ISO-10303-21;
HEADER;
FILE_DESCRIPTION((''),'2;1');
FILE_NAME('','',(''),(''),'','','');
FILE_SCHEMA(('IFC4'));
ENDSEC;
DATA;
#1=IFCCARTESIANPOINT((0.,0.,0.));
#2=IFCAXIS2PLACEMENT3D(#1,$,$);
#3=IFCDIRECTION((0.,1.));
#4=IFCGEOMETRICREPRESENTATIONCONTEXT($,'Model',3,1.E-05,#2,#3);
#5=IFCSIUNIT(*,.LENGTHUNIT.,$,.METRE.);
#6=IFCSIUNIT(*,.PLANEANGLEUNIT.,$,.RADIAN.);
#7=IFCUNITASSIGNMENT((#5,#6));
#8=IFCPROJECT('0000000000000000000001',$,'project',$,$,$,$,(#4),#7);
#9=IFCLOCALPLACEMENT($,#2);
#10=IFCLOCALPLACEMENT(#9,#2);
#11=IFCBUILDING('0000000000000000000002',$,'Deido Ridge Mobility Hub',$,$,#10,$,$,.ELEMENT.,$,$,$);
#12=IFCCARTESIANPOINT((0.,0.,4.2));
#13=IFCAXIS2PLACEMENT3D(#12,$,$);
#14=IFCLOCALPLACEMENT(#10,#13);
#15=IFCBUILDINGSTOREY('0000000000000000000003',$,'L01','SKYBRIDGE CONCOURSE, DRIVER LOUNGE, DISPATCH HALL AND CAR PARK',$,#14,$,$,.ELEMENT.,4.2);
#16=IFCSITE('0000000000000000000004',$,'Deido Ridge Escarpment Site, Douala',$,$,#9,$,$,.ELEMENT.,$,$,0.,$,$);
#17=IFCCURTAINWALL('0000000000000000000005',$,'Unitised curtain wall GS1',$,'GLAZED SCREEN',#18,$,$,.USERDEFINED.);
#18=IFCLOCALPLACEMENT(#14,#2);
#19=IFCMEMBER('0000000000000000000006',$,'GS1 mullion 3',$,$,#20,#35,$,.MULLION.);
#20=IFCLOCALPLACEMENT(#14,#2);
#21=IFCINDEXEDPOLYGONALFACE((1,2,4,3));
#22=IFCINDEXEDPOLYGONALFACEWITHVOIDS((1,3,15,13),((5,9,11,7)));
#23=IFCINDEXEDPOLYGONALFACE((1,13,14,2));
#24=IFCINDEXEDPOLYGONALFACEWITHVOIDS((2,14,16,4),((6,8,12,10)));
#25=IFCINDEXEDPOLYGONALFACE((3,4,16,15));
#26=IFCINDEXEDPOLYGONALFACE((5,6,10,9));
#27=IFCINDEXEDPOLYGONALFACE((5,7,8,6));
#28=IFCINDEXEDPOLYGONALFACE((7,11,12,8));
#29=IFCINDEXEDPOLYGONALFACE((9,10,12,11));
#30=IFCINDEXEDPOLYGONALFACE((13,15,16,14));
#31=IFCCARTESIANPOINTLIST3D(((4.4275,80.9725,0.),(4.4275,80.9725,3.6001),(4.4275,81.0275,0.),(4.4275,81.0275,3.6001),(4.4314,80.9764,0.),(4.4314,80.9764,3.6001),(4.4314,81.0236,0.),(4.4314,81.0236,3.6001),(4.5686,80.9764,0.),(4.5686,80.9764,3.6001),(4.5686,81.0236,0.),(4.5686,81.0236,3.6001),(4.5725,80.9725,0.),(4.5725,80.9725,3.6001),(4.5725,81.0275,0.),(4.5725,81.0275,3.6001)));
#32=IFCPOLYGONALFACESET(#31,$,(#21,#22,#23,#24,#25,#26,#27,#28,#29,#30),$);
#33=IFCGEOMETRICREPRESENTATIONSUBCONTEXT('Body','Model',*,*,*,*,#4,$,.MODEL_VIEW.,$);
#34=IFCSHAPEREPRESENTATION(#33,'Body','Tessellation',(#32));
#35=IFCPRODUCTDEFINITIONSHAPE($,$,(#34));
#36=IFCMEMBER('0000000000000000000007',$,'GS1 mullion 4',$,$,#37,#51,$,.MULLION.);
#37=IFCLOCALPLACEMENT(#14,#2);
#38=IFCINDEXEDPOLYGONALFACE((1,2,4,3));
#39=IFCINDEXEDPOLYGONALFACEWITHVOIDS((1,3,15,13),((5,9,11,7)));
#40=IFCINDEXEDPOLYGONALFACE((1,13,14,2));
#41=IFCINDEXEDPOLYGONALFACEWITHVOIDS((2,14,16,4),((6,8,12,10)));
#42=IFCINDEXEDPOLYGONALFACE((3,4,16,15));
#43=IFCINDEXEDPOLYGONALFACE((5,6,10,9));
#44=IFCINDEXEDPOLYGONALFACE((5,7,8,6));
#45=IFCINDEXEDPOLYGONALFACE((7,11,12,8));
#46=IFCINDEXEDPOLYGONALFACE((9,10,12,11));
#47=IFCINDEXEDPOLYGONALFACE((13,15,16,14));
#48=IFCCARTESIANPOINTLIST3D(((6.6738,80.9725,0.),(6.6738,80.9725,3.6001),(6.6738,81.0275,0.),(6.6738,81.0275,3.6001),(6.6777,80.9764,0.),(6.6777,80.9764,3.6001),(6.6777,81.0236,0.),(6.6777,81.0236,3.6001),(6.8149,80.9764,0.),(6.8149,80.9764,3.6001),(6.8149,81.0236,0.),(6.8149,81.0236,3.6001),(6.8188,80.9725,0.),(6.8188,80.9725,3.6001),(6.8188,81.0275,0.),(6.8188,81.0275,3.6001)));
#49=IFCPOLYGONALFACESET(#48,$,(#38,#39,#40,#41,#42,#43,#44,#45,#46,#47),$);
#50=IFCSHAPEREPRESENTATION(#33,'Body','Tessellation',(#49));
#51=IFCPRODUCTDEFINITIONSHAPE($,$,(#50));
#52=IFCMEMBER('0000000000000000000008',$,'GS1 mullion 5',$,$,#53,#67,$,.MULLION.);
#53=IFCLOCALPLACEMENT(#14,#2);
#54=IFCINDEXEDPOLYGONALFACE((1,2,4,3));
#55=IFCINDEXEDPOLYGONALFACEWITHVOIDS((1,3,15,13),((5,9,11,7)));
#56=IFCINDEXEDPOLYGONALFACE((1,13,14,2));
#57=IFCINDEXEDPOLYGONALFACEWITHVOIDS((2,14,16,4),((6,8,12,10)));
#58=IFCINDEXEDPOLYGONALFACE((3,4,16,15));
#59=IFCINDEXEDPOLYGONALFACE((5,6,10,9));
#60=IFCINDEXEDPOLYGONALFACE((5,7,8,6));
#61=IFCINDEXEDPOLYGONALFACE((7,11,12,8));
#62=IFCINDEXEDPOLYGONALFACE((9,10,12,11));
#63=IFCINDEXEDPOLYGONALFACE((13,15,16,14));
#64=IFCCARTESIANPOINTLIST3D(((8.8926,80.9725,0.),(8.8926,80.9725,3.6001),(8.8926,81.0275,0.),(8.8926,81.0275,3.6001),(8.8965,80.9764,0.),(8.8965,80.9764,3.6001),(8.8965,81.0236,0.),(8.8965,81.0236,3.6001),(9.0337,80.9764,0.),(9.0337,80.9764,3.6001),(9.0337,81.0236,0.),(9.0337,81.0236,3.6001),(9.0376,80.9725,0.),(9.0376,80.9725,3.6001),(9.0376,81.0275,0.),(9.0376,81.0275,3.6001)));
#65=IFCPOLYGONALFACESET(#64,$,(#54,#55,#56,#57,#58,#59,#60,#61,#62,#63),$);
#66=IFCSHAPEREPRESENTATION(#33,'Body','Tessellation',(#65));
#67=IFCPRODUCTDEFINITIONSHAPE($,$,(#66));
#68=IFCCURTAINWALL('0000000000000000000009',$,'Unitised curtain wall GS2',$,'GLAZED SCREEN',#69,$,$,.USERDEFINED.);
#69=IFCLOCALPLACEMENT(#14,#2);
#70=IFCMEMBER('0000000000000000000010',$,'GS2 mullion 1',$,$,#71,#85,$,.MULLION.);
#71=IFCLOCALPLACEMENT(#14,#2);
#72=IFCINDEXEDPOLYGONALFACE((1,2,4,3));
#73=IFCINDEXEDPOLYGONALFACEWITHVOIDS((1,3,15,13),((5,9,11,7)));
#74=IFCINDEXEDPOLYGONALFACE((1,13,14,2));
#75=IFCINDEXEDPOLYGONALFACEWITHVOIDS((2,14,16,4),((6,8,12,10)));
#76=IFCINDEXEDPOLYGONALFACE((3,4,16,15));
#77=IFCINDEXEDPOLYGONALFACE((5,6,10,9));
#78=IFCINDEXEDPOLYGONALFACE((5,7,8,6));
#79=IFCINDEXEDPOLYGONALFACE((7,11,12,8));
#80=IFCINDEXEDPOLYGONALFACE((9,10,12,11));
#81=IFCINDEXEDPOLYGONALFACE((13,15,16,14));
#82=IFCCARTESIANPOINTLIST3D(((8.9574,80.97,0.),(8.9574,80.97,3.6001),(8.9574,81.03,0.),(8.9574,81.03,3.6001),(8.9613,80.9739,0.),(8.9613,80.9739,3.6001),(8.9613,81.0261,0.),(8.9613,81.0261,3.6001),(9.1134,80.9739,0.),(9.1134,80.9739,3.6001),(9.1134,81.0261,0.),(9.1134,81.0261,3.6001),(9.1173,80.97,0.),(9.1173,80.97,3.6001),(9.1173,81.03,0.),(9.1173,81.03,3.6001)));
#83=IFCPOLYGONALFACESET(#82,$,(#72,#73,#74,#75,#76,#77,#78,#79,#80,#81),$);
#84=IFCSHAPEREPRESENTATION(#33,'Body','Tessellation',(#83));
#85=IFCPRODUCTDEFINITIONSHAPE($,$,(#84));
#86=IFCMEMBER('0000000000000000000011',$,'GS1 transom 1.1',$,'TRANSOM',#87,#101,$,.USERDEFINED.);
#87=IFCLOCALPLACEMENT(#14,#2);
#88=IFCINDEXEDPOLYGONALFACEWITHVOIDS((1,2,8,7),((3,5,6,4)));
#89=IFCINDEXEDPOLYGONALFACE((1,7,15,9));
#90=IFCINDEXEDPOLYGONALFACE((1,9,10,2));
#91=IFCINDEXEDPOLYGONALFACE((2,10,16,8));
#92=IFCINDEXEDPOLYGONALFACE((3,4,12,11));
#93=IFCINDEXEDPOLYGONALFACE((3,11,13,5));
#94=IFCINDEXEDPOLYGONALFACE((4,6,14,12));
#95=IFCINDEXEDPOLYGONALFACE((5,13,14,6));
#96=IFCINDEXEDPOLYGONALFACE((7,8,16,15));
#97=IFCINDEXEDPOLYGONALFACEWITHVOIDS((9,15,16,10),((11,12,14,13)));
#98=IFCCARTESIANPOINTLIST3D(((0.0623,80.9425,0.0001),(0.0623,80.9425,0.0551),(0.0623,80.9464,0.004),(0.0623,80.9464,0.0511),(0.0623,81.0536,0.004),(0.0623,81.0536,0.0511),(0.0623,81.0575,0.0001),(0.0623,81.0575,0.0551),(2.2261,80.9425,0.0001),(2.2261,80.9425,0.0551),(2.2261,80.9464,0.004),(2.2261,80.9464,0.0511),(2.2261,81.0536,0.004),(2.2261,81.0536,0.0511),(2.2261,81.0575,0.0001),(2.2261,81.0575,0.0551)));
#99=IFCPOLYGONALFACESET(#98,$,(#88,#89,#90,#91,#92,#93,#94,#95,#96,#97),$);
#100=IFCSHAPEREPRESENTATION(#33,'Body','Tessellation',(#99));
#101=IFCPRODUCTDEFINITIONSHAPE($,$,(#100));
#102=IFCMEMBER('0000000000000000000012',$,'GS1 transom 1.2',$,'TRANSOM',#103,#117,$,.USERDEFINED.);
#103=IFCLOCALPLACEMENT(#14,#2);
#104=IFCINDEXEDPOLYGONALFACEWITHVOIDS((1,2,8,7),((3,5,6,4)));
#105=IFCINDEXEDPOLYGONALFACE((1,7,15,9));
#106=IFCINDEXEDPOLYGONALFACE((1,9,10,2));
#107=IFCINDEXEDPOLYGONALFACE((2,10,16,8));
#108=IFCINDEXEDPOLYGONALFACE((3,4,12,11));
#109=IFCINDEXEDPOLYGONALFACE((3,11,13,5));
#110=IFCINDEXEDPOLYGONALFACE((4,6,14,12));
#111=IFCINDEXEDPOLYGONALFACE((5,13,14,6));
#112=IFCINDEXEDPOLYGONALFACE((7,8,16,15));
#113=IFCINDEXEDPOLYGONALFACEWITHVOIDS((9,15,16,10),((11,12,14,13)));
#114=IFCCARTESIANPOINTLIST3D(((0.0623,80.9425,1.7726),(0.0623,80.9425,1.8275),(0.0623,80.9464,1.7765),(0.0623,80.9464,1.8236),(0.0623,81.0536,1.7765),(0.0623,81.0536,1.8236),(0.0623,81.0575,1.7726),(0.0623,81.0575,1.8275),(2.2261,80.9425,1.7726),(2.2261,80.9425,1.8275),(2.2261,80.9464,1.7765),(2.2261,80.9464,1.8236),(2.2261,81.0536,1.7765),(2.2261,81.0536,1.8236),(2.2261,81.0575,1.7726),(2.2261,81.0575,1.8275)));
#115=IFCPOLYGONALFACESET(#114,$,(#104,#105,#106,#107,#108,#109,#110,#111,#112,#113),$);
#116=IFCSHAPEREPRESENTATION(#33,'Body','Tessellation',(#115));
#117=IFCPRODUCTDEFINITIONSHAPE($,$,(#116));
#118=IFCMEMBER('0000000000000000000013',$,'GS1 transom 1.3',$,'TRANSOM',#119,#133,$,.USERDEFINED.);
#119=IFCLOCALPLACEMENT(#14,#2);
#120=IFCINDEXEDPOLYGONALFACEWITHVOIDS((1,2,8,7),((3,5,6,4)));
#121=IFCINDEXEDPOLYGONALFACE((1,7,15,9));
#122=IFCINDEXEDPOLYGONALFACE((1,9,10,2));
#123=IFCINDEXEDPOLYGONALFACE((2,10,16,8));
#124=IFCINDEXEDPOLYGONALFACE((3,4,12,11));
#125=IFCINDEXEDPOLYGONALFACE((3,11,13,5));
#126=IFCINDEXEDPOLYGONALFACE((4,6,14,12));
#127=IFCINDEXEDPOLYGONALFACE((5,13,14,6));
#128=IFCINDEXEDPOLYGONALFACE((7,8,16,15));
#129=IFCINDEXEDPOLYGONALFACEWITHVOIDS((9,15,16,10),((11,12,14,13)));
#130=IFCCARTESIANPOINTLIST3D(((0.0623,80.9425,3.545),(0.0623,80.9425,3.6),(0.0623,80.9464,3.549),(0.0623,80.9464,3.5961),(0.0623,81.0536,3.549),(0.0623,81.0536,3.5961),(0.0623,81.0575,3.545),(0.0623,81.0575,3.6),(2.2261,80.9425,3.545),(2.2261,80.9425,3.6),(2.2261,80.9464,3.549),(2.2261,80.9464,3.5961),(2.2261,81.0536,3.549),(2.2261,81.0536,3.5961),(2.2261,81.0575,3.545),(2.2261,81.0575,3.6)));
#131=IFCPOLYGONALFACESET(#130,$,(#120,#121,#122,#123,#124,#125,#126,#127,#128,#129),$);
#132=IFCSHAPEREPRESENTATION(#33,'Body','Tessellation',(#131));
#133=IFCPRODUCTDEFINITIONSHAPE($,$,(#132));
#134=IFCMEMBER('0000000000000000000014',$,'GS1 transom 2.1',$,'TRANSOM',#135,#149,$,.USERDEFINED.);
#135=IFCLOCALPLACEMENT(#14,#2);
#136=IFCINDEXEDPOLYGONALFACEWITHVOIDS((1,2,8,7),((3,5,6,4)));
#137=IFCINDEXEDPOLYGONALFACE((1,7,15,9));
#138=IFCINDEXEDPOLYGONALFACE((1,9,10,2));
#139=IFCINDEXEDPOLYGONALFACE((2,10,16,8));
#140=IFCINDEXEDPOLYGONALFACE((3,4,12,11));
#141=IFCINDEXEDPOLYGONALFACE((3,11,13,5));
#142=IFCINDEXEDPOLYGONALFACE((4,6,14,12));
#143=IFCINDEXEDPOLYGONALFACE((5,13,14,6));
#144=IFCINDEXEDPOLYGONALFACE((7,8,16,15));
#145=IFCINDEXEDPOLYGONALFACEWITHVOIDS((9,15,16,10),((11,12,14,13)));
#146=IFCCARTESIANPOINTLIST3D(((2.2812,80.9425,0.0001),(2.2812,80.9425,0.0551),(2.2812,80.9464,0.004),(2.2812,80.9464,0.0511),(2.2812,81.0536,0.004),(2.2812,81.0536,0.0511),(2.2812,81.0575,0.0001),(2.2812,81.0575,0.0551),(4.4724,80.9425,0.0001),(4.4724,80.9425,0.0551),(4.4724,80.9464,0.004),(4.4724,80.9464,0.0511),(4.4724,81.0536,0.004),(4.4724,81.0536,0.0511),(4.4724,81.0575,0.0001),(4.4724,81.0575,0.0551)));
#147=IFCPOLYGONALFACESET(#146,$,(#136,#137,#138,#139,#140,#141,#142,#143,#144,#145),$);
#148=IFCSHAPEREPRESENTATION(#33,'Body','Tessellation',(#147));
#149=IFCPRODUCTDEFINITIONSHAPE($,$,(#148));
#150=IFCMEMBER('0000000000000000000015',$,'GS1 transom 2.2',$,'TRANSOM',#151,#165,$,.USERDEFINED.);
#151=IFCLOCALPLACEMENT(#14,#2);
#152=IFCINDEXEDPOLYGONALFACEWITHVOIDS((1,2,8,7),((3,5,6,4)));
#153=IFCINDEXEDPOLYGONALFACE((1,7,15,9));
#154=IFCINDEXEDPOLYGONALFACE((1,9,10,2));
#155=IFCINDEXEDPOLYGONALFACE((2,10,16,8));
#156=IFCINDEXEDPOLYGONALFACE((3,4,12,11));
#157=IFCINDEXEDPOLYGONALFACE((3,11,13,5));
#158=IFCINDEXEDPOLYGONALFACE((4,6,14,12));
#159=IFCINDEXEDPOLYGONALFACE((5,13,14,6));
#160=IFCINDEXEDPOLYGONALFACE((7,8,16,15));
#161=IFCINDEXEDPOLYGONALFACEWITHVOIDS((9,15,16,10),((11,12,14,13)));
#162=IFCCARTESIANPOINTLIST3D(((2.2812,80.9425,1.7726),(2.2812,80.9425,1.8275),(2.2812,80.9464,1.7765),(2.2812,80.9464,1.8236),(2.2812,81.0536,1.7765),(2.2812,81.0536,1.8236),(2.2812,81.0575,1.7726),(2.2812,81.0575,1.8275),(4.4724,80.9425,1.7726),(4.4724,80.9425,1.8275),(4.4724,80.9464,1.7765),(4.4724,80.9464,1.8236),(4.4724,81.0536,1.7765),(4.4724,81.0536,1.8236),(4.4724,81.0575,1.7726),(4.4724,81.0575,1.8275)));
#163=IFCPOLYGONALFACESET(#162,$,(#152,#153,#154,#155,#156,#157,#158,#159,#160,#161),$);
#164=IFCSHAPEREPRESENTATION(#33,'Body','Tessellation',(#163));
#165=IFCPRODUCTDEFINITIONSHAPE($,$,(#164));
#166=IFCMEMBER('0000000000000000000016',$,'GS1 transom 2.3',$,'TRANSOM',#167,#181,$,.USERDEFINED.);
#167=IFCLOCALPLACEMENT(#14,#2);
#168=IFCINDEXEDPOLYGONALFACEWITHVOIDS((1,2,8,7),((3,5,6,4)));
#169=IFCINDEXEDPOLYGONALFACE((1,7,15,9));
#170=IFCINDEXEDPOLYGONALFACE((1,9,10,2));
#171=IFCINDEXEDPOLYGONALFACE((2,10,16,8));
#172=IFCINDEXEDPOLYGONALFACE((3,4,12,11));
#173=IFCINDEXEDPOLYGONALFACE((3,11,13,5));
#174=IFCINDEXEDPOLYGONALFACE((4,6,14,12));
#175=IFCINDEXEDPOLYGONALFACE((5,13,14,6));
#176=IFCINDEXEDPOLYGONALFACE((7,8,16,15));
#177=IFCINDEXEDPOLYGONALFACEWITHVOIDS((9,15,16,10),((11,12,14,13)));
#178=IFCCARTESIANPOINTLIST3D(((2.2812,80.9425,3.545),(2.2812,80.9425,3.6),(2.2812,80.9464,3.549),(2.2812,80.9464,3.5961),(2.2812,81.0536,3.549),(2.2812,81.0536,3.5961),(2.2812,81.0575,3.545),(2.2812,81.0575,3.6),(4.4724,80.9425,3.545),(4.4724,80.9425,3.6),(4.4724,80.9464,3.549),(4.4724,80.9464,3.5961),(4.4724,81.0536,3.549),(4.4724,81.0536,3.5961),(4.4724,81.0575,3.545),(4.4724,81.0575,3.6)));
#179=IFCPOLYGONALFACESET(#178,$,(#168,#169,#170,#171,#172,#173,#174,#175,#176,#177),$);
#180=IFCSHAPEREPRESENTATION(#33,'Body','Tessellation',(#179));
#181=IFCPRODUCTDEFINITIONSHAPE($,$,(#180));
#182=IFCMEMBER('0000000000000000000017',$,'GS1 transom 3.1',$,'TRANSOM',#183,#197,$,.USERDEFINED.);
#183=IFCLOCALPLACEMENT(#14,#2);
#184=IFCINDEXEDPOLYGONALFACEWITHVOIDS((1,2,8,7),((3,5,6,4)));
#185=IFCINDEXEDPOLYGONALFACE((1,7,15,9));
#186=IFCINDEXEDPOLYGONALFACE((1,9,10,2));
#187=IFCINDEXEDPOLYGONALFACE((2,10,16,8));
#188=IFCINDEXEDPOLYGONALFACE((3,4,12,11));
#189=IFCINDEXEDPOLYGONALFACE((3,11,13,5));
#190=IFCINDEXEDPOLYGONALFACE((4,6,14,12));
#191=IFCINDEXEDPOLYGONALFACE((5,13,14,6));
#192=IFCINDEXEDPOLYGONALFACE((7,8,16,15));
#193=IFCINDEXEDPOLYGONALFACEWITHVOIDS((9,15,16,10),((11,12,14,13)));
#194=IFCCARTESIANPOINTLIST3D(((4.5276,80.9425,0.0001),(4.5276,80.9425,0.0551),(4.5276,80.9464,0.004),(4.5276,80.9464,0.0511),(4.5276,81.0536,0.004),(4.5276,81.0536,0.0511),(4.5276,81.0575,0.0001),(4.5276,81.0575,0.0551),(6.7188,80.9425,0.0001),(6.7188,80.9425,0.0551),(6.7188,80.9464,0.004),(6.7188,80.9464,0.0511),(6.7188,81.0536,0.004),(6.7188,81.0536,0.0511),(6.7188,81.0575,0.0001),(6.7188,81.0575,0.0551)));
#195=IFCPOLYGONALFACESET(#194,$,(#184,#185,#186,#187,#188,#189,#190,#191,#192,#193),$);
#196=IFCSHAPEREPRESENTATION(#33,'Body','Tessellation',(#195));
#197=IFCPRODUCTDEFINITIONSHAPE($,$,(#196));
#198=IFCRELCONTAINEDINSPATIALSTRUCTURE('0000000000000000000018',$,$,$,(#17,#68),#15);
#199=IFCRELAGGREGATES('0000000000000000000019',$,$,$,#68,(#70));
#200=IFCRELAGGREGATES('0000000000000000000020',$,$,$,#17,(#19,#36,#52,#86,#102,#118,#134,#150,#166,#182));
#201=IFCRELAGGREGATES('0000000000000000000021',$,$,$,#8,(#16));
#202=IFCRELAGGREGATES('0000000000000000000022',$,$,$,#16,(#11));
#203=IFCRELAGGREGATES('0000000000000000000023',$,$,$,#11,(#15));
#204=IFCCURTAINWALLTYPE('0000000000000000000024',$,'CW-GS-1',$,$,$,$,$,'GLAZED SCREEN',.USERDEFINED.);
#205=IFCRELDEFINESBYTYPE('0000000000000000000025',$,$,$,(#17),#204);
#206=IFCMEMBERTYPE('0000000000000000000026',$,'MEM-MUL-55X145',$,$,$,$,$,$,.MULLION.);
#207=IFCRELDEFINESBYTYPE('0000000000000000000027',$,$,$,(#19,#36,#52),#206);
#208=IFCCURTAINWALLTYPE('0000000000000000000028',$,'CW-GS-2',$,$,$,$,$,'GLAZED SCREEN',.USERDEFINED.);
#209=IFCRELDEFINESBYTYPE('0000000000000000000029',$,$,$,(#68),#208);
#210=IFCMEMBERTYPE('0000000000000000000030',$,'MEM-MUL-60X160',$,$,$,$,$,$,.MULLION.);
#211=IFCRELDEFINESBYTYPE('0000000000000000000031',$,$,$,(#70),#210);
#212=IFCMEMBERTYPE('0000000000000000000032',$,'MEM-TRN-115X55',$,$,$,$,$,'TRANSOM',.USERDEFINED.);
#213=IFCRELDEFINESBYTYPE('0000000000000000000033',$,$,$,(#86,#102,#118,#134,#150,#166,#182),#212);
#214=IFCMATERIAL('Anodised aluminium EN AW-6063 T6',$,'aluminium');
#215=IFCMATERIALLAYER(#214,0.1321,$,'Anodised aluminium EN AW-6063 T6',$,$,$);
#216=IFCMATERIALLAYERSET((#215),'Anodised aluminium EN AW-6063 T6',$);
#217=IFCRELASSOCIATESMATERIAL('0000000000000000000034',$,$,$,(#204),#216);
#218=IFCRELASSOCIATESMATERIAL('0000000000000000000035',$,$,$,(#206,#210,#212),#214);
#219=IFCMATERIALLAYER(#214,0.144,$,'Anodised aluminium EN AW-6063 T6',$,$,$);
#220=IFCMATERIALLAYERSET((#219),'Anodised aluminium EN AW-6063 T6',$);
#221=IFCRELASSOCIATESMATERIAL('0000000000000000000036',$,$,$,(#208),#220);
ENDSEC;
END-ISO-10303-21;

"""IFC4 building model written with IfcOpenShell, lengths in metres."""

from ifc_helpers import new_model, si_unit, direction, frame, origin, origin_2d, place, context, subcontext, project, spatial, hollow_rectangle, extrude, material, layer, layer_set, material_profile, profile_set, type_object, element, aggregate, save


model = new_model("IFC4")

# Units and contexts
model_context = context("Model", 3, precision=1e-05, world=origin(), true_north=direction((0.0, 1.0)))
body_context = subcontext(model_context, "Body", "Model", "MODEL_VIEW")
ifc_project = project(units=[si_unit("LENGTHUNIT", "METRE"), si_unit("PLANEANGLEUNIT", "RADIAN")], contexts=[model_context])

# Site, building, storey
site_placement = place(None, origin())
site = spatial("IfcSite", under=ifc_project, at=site_placement, Name="Deido Ridge Escarpment Site, Douala", CompositionType="ELEMENT", RefElevation=0.0)
building_placement = place(site_placement, origin())
building = spatial("IfcBuilding", under=site, at=building_placement, Name="Deido Ridge Mobility Hub", CompositionType="ELEMENT")
storey_placement = place(building_placement, frame((0.0, 0.0, 4.2)))
storey = spatial("IfcBuildingStorey", under=building, at=storey_placement, Name="L01", Description="SKYBRIDGE CONCOURSE, DRIVER LOUNGE, DISPATCH HALL AND CAR PARK", CompositionType="ELEMENT", Elevation=4.2)

# Curtain wall, members
ifc_material_1 = material(Name="Anodised aluminium EN AW-6063 T6", Category="aluminium")
ifc_layer_1 = layer(ifc_material_1, 0.1321, Name="Anodised aluminium EN AW-6063 T6")
ifc_layer_set_1 = layer_set([ifc_layer_1], Name="Anodised aluminium EN AW-6063 T6")
curtain_wall_type_1 = type_object("IfcCurtainWallType", Name="CW-GS-1", ElementType="GLAZED SCREEN", PredefinedType="USERDEFINED", material=ifc_layer_set_1)
curtain_wall_1_placement = place(storey_placement, origin())
curtain_wall_1 = element("IfcCurtainWall", 1, at=curtain_wall_1_placement, inside=storey, type_object=curtain_wall_type_1, Name="Unitised curtain wall GS1", ObjectType="GLAZED SCREEN", PredefinedType="USERDEFINED")
ifc_material_profile_1 = material_profile(ifc_material_1, hollow_rectangle(XDim=0.0549, YDim=0.145, WallThickness=0.0039, at=origin_2d()), Name="RHS 55x145x4")
ifc_profile_set_1 = profile_set([ifc_material_profile_1], Name="Anodised aluminium EN AW-6063 T6")
member_type_1 = type_object("IfcMemberType", Name="MEM-MUL-55X145", PredefinedType="MULLION", material=ifc_profile_set_1)
member_1_placement = place(storey_placement, frame((4.5, 81.0, 0.0), z_axis=(0.0, 0.0, 1.0), x_axis=(0.0, 1.0, 0.0)))
member_1 = element("IfcMember", 2, at=member_1_placement, type_object=member_type_1, Name="GS1 mullion 3", PredefinedType="MULLION", context=body_context, shape_type="SweptSolid", body=[
    extrude(hollow_rectangle(XDim=0.0549, YDim=0.145, WallThickness=0.0039, at=origin_2d()), origin(), (0.0, 0.0, 1.0), 3.6001),
])
member_2_placement = place(storey_placement, frame((6.7463, 81.0, 0.0), z_axis=(0.0, 0.0, 1.0), x_axis=(0.0, 1.0, 0.0)))
member_2 = element("IfcMember", 3, at=member_2_placement, type_object=member_type_1, Name="GS1 mullion 4", PredefinedType="MULLION", context=body_context, shape_type="SweptSolid", body=[
    extrude(hollow_rectangle(XDim=0.0549, YDim=0.145, WallThickness=0.0039, at=origin_2d()), origin(), (0.0, 0.0, 1.0), 3.6001),
])
member_3_placement = place(storey_placement, frame((8.9651, 81.0, 0.0), z_axis=(0.0, 0.0, 1.0), x_axis=(0.0, 1.0, 0.0)))
member_3 = element("IfcMember", 4, at=member_3_placement, type_object=member_type_1, Name="GS1 mullion 5", PredefinedType="MULLION", context=body_context, shape_type="SweptSolid", body=[
    extrude(hollow_rectangle(XDim=0.0549, YDim=0.145, WallThickness=0.0039, at=origin_2d()), origin(), (0.0, 0.0, 1.0), 3.6001),
])

# Curtain wall, member
ifc_layer_2 = layer(ifc_material_1, 0.144, Name="Anodised aluminium EN AW-6063 T6")
ifc_layer_set_2 = layer_set([ifc_layer_2], Name="Anodised aluminium EN AW-6063 T6")
curtain_wall_type_2 = type_object("IfcCurtainWallType", Name="CW-GS-2", ElementType="GLAZED SCREEN", PredefinedType="USERDEFINED", material=ifc_layer_set_2)
curtain_wall_2_placement = place(storey_placement, origin())
curtain_wall_2 = element("IfcCurtainWall", 5, at=curtain_wall_2_placement, inside=storey, type_object=curtain_wall_type_2, Name="Unitised curtain wall GS2", ObjectType="GLAZED SCREEN", PredefinedType="USERDEFINED")
ifc_material_profile_2 = material_profile(ifc_material_1, hollow_rectangle(XDim=0.0601, YDim=0.1599, WallThickness=0.0039, at=origin_2d()), Name="RHS 60x160x4")
ifc_profile_set_2 = profile_set([ifc_material_profile_2], Name="Anodised aluminium EN AW-6063 T6")
member_type_2 = type_object("IfcMemberType", Name="MEM-MUL-60X160", PredefinedType="MULLION", material=ifc_profile_set_2)
member_4_placement = place(storey_placement, frame((9.0374, 81.0, 0.0), z_axis=(0.0, 0.0, 1.0), x_axis=(0.0, 1.0, 0.0)))
member_4 = element("IfcMember", 6, at=member_4_placement, type_object=member_type_2, Name="GS2 mullion 1", PredefinedType="MULLION", context=body_context, shape_type="SweptSolid", body=[
    extrude(hollow_rectangle(XDim=0.0601, YDim=0.1599, WallThickness=0.0039, at=origin_2d()), origin(), (0.0, 0.0, 1.0), 3.6001),
])

# Members
ifc_material_profile_3 = material_profile(ifc_material_1, hollow_rectangle(XDim=0.115, YDim=0.0549, WallThickness=0.0039, at=origin_2d()), Name="RHS 115x55x4")
ifc_profile_set_3 = profile_set([ifc_material_profile_3], Name="Anodised aluminium EN AW-6063 T6")
member_type_3 = type_object("IfcMemberType", Name="MEM-TRN-115X55", ElementType="TRANSOM", PredefinedType="USERDEFINED", material=ifc_profile_set_3)
member_5_placement = place(storey_placement, frame((0.0623, 81.0, 0.0276), z_axis=(1.0, 0.0, 0.0), x_axis=(0.0, 1.0, 0.0)))
member_5 = element("IfcMember", 7, at=member_5_placement, type_object=member_type_3, Name="GS1 transom 1.1", ObjectType="TRANSOM", PredefinedType="USERDEFINED", context=body_context, shape_type="SweptSolid", body=[
    extrude(hollow_rectangle(XDim=0.115, YDim=0.0549, WallThickness=0.0039, at=origin_2d()), origin(), (0.0, 0.0, 1.0), 2.1638),
])
member_6_placement = place(storey_placement, frame((0.0623, 81.0, 1.8), z_axis=(1.0, 0.0, 0.0), x_axis=(0.0, 1.0, 0.0)))
member_6 = element("IfcMember", 8, at=member_6_placement, type_object=member_type_3, Name="GS1 transom 1.2", ObjectType="TRANSOM", PredefinedType="USERDEFINED", context=body_context, shape_type="SweptSolid", body=[
    extrude(hollow_rectangle(XDim=0.115, YDim=0.0549, WallThickness=0.0039, at=origin_2d()), origin(), (0.0, 0.0, 1.0), 2.1638),
])
member_7_placement = place(storey_placement, frame((0.0623, 81.0, 3.5725), z_axis=(1.0, 0.0, 0.0), x_axis=(0.0, 1.0, 0.0)))
member_7 = element("IfcMember", 9, at=member_7_placement, type_object=member_type_3, Name="GS1 transom 1.3", ObjectType="TRANSOM", PredefinedType="USERDEFINED", context=body_context, shape_type="SweptSolid", body=[
    extrude(hollow_rectangle(XDim=0.115, YDim=0.0549, WallThickness=0.0039, at=origin_2d()), origin(), (0.0, 0.0, 1.0), 2.1638),
])
member_8_placement = place(storey_placement, frame((2.2812, 81.0, 0.0276), z_axis=(1.0, 0.0, 0.0), x_axis=(0.0, 1.0, 0.0)))
member_8 = element("IfcMember", 10, at=member_8_placement, type_object=member_type_3, Name="GS1 transom 2.1", ObjectType="TRANSOM", PredefinedType="USERDEFINED", context=body_context, shape_type="SweptSolid", body=[
    extrude(hollow_rectangle(XDim=0.115, YDim=0.0549, WallThickness=0.0039, at=origin_2d()), origin(), (0.0, 0.0, 1.0), 2.1912),
])
member_9_placement = place(storey_placement, frame((2.2812, 81.0, 1.8), z_axis=(1.0, 0.0, 0.0), x_axis=(0.0, 1.0, 0.0)))
member_9 = element("IfcMember", 11, at=member_9_placement, type_object=member_type_3, Name="GS1 transom 2.2", ObjectType="TRANSOM", PredefinedType="USERDEFINED", context=body_context, shape_type="SweptSolid", body=[
    extrude(hollow_rectangle(XDim=0.115, YDim=0.0549, WallThickness=0.0039, at=origin_2d()), origin(), (0.0, 0.0, 1.0), 2.1912),
])
member_10_placement = place(storey_placement, frame((2.2812, 81.0, 3.5725), z_axis=(1.0, 0.0, 0.0), x_axis=(0.0, 1.0, 0.0)))
member_10 = element("IfcMember", 12, at=member_10_placement, type_object=member_type_3, Name="GS1 transom 2.3", ObjectType="TRANSOM", PredefinedType="USERDEFINED", context=body_context, shape_type="SweptSolid", body=[
    extrude(hollow_rectangle(XDim=0.115, YDim=0.0549, WallThickness=0.0039, at=origin_2d()), origin(), (0.0, 0.0, 1.0), 2.1912),
])
member_11_placement = place(storey_placement, frame((4.5276, 81.0, 0.0276), z_axis=(1.0, 0.0, 0.0), x_axis=(0.0, 1.0, 0.0)))
member_11 = element("IfcMember", 13, at=member_11_placement, type_object=member_type_3, Name="GS1 transom 3.1", ObjectType="TRANSOM", PredefinedType="USERDEFINED", context=body_context, shape_type="SweptSolid", body=[
    extrude(hollow_rectangle(XDim=0.115, YDim=0.0549, WallThickness=0.0039, at=origin_2d()), origin(), (0.0, 0.0, 1.0), 2.1912),
])
aggregate(curtain_wall_2, [member_4])

aggregate(curtain_wall_1, [member_1, member_2, member_3, member_5, member_6, member_7, member_8, member_9, member_10, member_11])

save(model, "model.ifc")
